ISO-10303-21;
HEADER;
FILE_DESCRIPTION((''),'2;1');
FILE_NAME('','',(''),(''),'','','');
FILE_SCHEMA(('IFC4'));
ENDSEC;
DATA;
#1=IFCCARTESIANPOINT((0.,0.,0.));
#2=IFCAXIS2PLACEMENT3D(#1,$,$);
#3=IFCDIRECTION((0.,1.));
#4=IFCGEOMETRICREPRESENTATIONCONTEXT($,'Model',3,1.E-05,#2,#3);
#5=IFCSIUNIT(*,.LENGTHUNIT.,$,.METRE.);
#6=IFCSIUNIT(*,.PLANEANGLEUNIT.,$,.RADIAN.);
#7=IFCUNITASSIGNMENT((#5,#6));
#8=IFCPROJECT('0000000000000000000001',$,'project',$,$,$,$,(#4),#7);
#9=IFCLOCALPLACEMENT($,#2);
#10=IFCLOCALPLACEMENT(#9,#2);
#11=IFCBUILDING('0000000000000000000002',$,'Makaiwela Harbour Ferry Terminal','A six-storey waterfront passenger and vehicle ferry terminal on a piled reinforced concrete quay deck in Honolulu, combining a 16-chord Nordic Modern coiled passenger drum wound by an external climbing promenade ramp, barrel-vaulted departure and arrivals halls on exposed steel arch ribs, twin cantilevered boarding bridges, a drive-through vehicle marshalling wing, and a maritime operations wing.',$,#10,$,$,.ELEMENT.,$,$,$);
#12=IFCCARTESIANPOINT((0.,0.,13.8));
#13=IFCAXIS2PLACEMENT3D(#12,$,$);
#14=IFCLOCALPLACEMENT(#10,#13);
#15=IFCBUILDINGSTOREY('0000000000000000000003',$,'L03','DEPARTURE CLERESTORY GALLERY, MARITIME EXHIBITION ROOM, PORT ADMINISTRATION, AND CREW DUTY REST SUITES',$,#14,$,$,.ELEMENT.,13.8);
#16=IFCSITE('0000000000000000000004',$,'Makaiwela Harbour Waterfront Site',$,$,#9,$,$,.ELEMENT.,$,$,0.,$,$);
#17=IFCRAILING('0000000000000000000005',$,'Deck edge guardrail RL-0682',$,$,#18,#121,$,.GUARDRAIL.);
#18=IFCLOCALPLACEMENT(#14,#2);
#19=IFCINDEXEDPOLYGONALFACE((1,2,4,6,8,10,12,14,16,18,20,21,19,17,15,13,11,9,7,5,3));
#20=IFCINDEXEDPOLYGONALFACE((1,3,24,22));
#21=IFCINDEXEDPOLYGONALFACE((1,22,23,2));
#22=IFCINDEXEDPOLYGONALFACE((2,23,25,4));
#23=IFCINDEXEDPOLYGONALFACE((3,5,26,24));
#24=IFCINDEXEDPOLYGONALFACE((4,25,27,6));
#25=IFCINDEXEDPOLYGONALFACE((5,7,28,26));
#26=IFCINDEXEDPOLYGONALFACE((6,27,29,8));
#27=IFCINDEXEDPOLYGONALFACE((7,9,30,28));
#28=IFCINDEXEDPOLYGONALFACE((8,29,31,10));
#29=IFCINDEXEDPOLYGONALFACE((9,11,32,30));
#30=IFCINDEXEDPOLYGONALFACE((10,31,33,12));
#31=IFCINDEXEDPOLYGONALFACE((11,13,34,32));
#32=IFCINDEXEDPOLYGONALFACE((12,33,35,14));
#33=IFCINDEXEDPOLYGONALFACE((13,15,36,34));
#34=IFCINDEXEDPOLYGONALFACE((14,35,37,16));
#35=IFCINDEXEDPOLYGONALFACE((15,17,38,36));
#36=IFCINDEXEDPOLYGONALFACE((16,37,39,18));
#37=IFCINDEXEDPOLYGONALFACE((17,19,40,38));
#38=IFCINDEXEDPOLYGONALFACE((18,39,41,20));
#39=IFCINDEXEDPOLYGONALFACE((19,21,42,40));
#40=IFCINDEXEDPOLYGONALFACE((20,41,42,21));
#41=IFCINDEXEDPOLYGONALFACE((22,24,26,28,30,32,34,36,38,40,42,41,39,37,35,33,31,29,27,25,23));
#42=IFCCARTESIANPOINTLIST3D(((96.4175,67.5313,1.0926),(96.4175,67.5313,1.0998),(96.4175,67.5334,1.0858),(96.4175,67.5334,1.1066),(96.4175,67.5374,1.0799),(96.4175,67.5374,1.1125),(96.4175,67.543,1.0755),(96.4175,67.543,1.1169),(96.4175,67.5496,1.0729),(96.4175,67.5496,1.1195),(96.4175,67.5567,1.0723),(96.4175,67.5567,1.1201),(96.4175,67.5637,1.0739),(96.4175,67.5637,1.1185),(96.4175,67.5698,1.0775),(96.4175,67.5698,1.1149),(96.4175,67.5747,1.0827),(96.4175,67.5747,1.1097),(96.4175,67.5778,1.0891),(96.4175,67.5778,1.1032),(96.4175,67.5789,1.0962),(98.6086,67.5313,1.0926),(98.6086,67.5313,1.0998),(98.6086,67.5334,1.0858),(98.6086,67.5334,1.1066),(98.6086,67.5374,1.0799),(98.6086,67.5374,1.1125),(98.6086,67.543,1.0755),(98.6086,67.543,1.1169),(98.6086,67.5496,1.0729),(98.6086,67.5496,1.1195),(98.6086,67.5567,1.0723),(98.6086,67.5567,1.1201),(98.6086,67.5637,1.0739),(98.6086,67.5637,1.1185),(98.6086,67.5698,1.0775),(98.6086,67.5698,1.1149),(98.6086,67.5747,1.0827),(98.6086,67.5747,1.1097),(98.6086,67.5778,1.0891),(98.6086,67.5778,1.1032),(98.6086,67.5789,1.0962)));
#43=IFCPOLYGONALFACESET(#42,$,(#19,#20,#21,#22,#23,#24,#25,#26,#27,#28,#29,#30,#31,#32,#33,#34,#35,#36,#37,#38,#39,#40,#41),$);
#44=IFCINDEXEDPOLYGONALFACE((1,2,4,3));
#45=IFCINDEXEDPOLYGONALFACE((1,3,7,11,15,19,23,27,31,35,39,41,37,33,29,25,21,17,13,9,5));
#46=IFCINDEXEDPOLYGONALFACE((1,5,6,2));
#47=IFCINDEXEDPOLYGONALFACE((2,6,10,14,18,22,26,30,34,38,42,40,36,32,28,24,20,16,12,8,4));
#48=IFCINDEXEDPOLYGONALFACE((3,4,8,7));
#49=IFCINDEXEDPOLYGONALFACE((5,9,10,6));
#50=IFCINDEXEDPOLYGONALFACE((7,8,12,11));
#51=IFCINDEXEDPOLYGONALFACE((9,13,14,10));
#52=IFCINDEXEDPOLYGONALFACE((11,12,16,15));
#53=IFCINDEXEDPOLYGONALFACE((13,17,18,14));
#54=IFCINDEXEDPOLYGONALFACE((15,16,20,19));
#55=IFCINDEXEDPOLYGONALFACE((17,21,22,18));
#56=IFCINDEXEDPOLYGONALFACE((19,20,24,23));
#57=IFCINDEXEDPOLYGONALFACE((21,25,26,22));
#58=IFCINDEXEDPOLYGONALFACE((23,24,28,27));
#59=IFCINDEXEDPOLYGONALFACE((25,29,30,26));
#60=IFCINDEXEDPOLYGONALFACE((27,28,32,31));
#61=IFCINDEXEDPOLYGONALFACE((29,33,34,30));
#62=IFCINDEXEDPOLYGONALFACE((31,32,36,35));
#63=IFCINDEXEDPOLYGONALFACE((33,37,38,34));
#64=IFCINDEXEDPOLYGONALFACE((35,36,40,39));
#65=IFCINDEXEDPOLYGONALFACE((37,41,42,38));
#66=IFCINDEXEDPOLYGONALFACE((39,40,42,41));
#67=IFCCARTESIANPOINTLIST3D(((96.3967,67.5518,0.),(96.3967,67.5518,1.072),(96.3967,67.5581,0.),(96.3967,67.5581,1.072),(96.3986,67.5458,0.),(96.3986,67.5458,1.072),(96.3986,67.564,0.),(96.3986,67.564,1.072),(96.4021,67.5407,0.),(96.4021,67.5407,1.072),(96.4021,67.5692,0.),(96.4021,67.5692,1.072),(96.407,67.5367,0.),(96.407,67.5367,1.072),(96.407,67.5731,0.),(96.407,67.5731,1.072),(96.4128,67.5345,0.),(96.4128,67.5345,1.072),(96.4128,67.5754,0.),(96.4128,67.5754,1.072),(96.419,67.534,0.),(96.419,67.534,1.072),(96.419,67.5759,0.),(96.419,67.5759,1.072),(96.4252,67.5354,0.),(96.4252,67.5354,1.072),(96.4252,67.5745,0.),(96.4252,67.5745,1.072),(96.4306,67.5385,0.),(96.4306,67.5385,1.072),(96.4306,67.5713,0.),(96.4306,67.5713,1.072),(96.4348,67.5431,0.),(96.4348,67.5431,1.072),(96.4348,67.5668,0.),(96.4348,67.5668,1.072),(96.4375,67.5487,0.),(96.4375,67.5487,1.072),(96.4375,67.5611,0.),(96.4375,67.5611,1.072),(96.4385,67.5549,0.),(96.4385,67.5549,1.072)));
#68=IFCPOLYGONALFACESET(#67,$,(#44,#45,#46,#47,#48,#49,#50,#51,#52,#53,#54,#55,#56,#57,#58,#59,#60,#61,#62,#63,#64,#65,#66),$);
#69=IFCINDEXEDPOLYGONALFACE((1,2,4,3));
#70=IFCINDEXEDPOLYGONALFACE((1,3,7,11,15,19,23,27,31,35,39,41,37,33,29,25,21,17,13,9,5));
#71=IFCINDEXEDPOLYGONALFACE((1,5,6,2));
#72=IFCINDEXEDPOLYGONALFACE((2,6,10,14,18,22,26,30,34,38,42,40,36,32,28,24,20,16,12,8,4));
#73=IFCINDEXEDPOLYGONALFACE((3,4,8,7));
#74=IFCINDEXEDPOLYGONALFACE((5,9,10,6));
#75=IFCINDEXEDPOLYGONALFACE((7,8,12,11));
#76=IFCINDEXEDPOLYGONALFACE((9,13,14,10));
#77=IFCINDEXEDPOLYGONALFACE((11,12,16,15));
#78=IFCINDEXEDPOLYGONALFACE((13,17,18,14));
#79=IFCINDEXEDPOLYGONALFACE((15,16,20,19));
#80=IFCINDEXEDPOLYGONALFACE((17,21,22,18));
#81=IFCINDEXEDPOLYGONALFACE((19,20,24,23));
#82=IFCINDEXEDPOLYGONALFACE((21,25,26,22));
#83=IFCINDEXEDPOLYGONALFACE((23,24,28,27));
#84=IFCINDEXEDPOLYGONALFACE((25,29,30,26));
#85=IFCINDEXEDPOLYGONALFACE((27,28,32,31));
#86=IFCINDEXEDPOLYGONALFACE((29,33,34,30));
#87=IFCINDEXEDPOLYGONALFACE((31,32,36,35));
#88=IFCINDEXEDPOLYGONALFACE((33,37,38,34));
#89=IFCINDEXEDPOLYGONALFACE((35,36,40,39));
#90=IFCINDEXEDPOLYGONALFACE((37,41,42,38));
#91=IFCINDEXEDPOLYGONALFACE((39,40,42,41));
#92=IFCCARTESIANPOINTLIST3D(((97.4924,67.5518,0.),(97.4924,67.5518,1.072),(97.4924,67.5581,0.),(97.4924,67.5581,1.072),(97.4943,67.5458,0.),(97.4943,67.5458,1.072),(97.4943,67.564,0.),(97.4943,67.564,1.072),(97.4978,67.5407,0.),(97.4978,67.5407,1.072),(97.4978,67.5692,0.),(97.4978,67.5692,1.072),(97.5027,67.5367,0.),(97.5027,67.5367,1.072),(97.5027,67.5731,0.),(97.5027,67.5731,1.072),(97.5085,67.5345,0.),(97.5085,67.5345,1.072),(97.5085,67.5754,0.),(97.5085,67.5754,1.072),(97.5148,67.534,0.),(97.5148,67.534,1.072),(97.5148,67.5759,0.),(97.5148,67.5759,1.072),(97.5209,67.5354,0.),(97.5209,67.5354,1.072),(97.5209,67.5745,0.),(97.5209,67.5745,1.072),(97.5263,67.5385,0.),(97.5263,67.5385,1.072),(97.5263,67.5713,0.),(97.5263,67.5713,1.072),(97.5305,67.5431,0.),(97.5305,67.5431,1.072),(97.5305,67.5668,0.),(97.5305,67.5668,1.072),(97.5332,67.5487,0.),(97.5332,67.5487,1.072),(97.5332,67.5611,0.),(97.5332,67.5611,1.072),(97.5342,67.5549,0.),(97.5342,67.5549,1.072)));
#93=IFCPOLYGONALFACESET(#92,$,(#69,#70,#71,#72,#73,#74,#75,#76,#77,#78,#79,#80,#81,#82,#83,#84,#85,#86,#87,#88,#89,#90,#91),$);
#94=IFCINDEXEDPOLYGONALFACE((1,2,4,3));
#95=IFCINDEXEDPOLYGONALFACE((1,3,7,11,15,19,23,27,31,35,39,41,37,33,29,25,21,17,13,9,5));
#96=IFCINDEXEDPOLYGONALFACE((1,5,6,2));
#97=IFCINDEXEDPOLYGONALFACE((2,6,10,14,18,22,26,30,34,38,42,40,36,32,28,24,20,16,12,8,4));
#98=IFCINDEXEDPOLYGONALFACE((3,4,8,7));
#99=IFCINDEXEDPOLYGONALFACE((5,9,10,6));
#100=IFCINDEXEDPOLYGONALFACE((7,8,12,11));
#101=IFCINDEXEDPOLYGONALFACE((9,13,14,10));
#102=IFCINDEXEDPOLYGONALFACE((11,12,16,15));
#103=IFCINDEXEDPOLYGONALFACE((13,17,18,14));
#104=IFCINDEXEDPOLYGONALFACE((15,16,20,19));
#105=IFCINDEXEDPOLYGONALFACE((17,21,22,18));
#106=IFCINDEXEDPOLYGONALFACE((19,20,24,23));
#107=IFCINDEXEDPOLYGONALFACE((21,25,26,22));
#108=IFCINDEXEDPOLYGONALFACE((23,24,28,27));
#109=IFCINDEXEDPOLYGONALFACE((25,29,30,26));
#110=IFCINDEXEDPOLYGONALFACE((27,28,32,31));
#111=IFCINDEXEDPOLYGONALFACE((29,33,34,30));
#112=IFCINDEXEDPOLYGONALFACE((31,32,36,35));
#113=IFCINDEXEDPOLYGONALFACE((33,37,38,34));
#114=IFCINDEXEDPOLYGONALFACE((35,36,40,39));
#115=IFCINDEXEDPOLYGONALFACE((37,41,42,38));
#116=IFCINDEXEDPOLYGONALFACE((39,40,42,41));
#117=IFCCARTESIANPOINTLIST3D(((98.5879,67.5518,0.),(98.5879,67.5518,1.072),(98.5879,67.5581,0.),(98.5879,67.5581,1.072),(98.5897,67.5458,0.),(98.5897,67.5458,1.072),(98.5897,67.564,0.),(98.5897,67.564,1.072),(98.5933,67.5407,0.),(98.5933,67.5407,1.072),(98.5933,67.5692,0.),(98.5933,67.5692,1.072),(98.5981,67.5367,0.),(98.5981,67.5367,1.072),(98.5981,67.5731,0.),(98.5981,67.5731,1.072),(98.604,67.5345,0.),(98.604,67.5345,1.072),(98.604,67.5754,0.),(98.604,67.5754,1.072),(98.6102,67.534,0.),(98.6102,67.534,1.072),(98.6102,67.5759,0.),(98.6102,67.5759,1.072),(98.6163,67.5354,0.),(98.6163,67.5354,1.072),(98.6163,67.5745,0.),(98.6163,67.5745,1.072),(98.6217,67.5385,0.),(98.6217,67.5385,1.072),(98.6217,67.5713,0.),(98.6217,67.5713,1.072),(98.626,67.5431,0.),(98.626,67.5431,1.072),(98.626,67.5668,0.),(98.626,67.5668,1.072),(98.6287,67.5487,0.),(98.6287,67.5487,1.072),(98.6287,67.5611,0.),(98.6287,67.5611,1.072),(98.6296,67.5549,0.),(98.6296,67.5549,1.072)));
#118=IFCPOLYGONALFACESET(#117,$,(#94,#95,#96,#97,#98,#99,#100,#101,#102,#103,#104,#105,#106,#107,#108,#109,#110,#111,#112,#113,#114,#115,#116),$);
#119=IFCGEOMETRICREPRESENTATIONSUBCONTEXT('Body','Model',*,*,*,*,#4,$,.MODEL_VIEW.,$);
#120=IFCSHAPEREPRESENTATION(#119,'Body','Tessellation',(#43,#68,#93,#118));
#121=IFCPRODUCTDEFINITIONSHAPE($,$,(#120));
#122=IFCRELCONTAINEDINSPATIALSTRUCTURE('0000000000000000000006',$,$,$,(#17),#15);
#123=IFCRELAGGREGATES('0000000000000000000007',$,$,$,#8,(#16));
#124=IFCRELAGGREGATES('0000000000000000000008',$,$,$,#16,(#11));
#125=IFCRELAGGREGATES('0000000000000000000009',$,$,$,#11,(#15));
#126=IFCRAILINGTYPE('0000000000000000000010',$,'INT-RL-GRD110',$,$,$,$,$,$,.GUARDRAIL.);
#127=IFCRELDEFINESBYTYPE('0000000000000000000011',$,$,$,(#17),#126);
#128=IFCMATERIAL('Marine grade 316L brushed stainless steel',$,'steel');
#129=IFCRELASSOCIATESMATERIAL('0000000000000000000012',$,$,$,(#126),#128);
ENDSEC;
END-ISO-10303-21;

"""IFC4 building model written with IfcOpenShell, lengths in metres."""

from ifc_helpers import new_model, si_unit, direction, frame, origin, origin_2d, place, context, subcontext, project, spatial, circle, extrude, material, type_object, element, save


model = new_model("IFC4")

# Units and contexts
model_context = context("Model", 3, precision=1e-05, world=origin(), true_north=direction((0.0, 1.0)))
body_context = subcontext(model_context, "Body", "Model", "MODEL_VIEW")
ifc_project = project(units=[si_unit("LENGTHUNIT", "METRE"), si_unit("PLANEANGLEUNIT", "RADIAN")], contexts=[model_context])

# Site, building, storey
site_placement = place(None, origin())
site = spatial("IfcSite", under=ifc_project, at=site_placement, Name="Makaiwela Harbour Waterfront Site", CompositionType="ELEMENT", RefElevation=0.0)
building_placement = place(site_placement, origin())
building = spatial("IfcBuilding", under=site, at=building_placement, Name="Makaiwela Harbour Ferry Terminal", Description="A six-storey waterfront passenger and vehicle ferry terminal on a piled reinforced concrete quay deck in Honolulu, combining a 16-chord Nordic Modern coiled passenger drum wound by an external climbing promenade ramp, barrel-vaulted departure and arrivals halls on exposed steel arch ribs, twin cantilevered boarding bridges, a drive-through vehicle marshalling wing, and a maritime operations wing.", CompositionType="ELEMENT")
storey_placement = place(building_placement, frame((0.0, 0.0, 13.8)))
storey = spatial("IfcBuildingStorey", under=building, at=storey_placement, Name="L03", Description="DEPARTURE CLERESTORY GALLERY, MARITIME EXHIBITION ROOM, PORT ADMINISTRATION, AND CREW DUTY REST SUITES", CompositionType="ELEMENT", Elevation=13.8)

# Railing
ifc_material_1 = material(Name="Marine grade 316L brushed stainless steel", Category="steel")
railing_type = type_object("IfcRailingType", Name="INT-RL-GRD110", PredefinedType="GUARDRAIL", material=ifc_material_1)
railing_1_placement = place(storey_placement, frame((96.4175, 67.5549, 0.0)))
element("IfcRailing", 1, at=railing_1_placement, inside=storey, type_object=railing_type, Name="Deck edge guardrail RL-0682", PredefinedType="GUARDRAIL", context=body_context, shape_type="SweptSolid", body=[
    extrude(circle(Radius=0.0239, at=origin_2d()), frame((0.0, 0.0, 1.0962), z_axis=(1.0, 0.0, 0.0), x_axis=(0.0, 1.0, 0.0)), (0.0, 0.0, 1.0), 2.1912),
    extrude(circle(Radius=0.021, at=origin_2d()), origin(), (0.0, 0.0, 1.0), 1.072),
    extrude(circle(Radius=0.021, at=origin_2d()), frame((1.0957, 0.0, 0.0)), (0.0, 0.0, 1.0), 1.072),
    extrude(circle(Radius=0.021, at=origin_2d()), frame((2.1912, 0.0, 0.0)), (0.0, 0.0, 1.0), 1.072),
])

save(model, "model.ifc")
